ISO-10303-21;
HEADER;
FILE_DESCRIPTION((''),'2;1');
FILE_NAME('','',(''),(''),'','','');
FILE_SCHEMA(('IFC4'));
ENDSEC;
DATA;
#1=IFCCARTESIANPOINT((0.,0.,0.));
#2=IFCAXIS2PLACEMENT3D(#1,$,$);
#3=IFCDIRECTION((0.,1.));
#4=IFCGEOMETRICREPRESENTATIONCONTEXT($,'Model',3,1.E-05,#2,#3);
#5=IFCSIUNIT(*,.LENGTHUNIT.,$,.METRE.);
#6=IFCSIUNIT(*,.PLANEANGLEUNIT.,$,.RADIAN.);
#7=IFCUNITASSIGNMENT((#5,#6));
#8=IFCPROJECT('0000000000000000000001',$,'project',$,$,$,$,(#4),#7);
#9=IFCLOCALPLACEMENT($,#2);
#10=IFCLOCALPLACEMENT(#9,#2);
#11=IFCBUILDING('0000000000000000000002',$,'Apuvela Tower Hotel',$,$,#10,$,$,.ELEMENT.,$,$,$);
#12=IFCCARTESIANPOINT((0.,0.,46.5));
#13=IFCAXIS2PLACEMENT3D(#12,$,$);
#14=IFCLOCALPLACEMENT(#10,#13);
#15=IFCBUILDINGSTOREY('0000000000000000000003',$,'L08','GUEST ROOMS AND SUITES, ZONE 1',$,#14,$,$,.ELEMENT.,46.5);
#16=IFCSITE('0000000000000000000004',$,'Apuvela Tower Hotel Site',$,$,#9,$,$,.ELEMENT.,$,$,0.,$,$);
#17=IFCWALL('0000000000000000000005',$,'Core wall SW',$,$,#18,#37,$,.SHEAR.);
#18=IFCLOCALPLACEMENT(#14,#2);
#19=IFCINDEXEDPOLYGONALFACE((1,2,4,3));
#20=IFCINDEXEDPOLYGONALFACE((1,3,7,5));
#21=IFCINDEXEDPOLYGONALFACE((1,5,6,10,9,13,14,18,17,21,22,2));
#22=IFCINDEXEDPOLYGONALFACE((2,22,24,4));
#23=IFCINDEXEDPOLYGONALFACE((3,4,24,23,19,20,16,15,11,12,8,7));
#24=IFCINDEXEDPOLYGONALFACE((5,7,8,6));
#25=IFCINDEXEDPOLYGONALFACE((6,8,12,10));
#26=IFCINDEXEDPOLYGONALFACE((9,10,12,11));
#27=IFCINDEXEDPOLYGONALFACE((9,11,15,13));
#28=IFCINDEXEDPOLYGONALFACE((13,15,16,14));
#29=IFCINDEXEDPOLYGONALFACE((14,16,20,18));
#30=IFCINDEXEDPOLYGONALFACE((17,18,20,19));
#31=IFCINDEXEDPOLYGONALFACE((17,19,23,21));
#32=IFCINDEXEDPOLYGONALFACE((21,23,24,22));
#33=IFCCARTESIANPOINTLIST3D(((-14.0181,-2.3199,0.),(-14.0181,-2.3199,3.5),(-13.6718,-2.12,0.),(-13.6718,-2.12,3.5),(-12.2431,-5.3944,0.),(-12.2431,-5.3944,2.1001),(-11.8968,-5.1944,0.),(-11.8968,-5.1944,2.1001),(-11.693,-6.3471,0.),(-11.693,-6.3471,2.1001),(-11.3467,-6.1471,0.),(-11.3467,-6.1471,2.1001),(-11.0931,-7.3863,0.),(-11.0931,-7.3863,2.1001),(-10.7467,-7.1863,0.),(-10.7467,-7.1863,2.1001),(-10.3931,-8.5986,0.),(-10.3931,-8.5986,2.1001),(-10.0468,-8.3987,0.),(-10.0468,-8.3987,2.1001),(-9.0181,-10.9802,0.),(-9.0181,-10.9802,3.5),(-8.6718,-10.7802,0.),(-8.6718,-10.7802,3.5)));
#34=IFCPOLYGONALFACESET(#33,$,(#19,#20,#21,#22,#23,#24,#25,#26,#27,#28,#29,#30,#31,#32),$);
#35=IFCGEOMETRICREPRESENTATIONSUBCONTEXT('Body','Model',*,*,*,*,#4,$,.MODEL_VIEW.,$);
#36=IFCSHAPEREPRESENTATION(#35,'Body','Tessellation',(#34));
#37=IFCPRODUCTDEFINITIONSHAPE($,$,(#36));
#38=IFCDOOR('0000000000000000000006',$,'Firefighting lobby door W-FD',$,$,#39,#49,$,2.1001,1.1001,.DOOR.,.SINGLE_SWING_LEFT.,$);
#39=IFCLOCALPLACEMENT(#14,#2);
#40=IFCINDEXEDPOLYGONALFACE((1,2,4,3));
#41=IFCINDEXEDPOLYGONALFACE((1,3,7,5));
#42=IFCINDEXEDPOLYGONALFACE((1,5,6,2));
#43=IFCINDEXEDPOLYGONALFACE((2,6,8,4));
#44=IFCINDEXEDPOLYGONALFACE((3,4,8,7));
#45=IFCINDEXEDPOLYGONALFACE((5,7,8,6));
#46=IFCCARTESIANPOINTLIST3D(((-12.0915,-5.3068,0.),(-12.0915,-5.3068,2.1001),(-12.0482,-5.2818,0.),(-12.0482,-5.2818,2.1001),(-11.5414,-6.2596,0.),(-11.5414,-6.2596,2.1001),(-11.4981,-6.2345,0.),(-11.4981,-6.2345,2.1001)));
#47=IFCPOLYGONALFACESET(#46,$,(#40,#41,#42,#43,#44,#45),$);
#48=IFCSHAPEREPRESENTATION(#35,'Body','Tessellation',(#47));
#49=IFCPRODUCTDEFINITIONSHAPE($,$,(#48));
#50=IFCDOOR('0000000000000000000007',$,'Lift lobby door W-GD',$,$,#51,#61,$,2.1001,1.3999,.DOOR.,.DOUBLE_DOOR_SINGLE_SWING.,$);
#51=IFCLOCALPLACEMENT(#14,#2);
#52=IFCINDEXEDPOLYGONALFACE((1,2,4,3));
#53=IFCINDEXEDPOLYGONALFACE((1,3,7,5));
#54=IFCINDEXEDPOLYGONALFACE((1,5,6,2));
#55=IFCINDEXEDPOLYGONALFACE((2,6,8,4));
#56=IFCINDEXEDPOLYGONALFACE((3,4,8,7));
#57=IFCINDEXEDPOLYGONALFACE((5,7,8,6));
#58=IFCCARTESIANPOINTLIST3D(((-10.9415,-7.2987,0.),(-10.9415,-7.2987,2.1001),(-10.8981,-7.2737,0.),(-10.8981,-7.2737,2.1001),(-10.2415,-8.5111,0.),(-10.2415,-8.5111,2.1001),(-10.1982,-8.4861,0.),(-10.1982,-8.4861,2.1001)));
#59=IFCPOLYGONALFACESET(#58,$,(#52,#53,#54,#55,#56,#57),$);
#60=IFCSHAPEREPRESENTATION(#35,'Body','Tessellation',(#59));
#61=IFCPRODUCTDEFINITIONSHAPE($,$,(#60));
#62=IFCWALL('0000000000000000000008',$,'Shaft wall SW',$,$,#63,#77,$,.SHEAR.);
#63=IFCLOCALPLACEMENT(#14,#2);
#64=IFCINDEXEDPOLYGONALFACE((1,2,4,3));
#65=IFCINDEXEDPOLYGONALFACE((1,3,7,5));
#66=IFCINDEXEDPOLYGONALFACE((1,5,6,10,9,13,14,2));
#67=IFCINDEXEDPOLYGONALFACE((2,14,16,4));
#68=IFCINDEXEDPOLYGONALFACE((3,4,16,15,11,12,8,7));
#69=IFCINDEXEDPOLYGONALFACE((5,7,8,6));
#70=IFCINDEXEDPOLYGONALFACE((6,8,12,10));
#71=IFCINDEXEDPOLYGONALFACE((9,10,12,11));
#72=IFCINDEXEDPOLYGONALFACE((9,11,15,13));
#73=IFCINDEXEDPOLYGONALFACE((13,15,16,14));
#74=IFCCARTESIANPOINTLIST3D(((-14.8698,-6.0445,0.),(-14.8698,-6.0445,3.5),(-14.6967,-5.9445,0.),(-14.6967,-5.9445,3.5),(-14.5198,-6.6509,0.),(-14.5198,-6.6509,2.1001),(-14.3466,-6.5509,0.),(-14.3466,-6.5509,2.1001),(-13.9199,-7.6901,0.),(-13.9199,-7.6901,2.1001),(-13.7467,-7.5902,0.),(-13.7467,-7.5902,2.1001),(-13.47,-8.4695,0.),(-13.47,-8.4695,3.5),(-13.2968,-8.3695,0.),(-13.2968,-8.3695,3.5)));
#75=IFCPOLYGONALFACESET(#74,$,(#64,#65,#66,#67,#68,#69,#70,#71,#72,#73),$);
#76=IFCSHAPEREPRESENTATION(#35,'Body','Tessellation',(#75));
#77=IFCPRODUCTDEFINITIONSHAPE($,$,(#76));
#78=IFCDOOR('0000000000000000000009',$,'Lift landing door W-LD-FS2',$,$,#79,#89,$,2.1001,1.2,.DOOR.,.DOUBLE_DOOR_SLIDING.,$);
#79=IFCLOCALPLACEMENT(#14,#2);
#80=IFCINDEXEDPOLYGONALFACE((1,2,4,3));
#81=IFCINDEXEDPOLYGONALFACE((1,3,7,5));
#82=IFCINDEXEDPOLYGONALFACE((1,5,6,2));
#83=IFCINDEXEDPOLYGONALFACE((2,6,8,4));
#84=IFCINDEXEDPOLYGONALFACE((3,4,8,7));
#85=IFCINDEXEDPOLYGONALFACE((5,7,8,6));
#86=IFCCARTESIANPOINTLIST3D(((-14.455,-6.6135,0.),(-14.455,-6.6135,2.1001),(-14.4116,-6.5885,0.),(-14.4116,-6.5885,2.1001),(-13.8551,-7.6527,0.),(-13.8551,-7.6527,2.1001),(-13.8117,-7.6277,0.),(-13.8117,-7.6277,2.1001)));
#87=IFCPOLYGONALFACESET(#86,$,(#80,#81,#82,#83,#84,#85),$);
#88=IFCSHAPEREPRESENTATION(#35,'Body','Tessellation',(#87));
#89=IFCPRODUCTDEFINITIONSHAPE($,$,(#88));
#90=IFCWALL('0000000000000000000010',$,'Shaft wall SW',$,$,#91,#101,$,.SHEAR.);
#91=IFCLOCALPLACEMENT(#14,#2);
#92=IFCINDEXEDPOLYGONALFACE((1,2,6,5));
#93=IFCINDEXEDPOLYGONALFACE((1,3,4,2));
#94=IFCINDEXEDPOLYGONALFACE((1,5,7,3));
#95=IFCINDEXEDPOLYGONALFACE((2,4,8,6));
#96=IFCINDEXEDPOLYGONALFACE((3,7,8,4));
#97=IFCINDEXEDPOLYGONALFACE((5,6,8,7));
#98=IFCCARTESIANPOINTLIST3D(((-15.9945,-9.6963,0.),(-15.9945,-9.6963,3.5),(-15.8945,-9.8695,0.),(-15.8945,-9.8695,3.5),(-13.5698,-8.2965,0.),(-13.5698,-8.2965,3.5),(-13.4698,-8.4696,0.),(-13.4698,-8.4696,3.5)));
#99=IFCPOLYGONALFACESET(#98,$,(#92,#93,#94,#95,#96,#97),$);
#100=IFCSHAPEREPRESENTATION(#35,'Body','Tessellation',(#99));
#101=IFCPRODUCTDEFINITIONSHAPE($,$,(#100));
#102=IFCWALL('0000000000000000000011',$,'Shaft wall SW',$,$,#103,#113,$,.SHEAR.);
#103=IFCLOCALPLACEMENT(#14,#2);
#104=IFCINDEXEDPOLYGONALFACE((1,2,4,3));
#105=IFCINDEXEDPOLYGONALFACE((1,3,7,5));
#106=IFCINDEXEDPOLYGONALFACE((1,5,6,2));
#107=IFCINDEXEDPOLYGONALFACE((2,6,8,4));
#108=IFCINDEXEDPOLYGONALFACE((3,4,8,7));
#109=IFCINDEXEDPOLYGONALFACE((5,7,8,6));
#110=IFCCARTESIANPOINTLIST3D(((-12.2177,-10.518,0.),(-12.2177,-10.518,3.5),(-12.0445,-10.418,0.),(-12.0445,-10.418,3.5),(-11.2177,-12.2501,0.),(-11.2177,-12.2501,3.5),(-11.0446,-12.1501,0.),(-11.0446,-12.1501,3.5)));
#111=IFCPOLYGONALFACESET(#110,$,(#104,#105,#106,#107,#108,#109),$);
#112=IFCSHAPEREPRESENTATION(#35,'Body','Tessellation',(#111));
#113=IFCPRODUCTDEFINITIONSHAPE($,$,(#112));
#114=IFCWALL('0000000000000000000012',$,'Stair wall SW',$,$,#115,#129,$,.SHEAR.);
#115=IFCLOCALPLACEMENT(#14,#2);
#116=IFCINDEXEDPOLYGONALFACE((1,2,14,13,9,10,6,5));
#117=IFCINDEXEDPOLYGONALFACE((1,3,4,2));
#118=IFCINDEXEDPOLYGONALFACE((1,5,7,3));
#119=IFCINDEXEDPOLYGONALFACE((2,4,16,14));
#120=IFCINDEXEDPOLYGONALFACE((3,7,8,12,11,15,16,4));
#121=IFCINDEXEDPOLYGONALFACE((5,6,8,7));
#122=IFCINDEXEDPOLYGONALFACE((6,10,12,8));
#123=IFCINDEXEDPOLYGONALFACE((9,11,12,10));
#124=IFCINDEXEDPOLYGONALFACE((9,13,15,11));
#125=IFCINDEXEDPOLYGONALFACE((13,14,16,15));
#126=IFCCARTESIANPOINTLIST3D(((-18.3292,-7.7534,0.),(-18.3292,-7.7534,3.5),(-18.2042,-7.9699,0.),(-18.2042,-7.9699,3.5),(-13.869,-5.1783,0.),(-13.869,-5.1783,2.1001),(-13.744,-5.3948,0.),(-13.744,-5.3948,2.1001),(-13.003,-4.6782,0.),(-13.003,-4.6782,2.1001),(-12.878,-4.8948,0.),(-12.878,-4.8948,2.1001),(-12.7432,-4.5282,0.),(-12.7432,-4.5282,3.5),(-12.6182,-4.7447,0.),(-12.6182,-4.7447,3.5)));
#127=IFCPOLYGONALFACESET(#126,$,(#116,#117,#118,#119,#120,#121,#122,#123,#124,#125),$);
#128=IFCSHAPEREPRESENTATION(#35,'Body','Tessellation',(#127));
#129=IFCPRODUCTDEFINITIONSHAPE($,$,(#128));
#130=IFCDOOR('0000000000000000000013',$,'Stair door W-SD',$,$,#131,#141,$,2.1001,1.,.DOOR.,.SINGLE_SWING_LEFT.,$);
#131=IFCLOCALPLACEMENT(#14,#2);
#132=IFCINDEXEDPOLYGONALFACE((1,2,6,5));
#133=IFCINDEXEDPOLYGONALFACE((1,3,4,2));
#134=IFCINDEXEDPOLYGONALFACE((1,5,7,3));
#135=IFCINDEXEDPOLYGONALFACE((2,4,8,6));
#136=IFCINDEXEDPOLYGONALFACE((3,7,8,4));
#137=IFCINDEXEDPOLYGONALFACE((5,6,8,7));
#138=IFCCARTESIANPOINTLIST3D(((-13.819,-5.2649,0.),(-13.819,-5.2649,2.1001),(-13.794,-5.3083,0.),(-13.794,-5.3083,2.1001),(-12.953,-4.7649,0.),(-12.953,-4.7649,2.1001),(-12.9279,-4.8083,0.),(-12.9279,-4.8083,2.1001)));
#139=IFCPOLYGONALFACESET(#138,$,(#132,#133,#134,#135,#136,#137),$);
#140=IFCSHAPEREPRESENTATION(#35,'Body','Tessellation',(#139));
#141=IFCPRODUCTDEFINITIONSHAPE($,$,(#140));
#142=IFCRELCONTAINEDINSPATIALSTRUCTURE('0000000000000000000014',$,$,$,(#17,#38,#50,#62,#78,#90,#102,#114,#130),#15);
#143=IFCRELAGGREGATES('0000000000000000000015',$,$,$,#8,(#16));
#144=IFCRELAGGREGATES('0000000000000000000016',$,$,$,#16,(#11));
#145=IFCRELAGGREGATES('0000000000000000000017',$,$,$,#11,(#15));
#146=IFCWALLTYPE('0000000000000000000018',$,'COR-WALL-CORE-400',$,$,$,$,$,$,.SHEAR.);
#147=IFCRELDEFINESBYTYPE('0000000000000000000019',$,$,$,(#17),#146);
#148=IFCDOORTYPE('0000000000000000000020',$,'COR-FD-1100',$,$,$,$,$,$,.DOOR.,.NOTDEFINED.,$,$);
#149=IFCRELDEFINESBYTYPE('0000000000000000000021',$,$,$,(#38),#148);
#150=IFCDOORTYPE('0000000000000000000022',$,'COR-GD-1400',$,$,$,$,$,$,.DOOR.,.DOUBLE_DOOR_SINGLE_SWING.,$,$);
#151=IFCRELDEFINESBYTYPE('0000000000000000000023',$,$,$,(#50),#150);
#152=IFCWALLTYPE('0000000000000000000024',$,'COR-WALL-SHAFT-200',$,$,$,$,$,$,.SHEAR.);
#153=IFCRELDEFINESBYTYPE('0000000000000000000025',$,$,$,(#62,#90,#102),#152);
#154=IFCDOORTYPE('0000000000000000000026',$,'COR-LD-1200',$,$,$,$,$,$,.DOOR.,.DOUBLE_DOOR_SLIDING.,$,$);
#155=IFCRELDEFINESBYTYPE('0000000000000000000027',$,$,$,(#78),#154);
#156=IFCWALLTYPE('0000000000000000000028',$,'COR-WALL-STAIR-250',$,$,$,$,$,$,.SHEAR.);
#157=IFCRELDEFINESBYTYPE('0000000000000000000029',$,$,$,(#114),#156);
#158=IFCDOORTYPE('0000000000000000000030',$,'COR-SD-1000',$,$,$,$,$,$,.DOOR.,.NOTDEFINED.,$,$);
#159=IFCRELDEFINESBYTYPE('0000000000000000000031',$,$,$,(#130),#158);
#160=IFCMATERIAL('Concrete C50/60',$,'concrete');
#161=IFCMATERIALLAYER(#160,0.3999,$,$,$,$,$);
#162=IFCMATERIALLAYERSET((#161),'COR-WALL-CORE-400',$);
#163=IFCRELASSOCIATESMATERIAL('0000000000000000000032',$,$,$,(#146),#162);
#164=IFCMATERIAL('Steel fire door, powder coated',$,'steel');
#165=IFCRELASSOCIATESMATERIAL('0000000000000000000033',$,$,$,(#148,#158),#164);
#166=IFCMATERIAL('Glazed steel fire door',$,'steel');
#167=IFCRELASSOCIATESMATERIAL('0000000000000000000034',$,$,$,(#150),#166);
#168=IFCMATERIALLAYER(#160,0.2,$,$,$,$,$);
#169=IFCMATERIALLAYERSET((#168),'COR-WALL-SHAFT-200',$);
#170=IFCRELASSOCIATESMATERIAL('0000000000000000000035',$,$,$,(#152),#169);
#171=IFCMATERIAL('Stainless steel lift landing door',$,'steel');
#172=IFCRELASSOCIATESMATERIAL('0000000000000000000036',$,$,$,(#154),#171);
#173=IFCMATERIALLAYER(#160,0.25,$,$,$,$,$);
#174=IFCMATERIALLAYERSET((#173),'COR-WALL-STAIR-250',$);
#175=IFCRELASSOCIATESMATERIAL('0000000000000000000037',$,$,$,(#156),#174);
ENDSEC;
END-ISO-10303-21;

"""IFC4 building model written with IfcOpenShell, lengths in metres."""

from ifc_helpers import new_model, si_unit, direction, frame, frame_2d, origin, place, context, subcontext, project, spatial, rectangle, extrude, material, layer, layer_set, type_object, element, fill, save


model = new_model("IFC4")

# Units and contexts
model_context = context("Model", 3, precision=1e-05, world=origin(), true_north=direction((0.0, 1.0)))
body_context = subcontext(model_context, "Body", "Model", "MODEL_VIEW")
ifc_project = project(units=[si_unit("LENGTHUNIT", "METRE"), si_unit("PLANEANGLEUNIT", "RADIAN")], contexts=[model_context])

# Site, building, storey
site_placement = place(None, origin())
site = spatial("IfcSite", under=ifc_project, at=site_placement, Name="Apuvela Tower Hotel Site", CompositionType="ELEMENT", RefElevation=0.0)
building_placement = place(site_placement, origin())
building = spatial("IfcBuilding", under=site, at=building_placement, Name="Apuvela Tower Hotel", CompositionType="ELEMENT")
storey_placement = place(building_placement, frame((0.0, 0.0, 46.5)))
storey = spatial("IfcBuildingStorey", under=building, at=storey_placement, Name="L08", Description="GUEST ROOMS AND SUITES, ZONE 1", CompositionType="ELEMENT", Elevation=46.5)

# Wall, openings, doors
ifc_material_1 = material(Name="Concrete C50/60", Category="concrete")
ifc_layer_1 = layer(ifc_material_1, 0.3999)
ifc_layer_set_1 = layer_set([ifc_layer_1], Name="COR-WALL-CORE-400")
wall_type_1 = type_object("IfcWallType", Name="COR-WALL-CORE-400", PredefinedType="SHEAR", material=ifc_layer_set_1)
wall_1_placement = place(storey_placement, frame((-13.845, -2.22, 0.0), z_axis=(0.0, 0.0, 1.0), x_axis=(0.500004, -0.866023, 0.0)))
wall_1 = element("IfcWall", 1, at=wall_1_placement, inside=storey, type_object=wall_type_1, Name="Core wall SW", PredefinedType="SHEAR", context=body_context, shape_type="SweptSolid", body=[
    extrude(rectangle(XDim=10.0, YDim=0.3999, at=frame_2d((5.0, 0.0))), origin(), (0.0, 0.0, 1.0), 3.5),
])
opening_1_placement = place(wall_1_placement, frame((3.55, 0.0, 0.0)))
opening_1 = element("IfcOpeningElement", 2, at=opening_1_placement, cuts=wall_1, PredefinedType="OPENING", context=body_context, shape_type="SweptSolid", body=[
    extrude(rectangle(XDim=1.1001, YDim=2.1001, at=frame_2d((0.55, 1.05))), frame((0.0, 0.21, 0.0), z_axis=(0.0, -1.0, 0.0), x_axis=(1.0, 0.0, 0.0)), (0.0, 0.0, 1.0), 0.4199),
])
opening_2_placement = place(wall_1_placement, frame((5.8501, 0.0, 0.0)))
opening_2 = element("IfcOpeningElement", 3, at=opening_2_placement, cuts=wall_1, PredefinedType="OPENING", context=body_context, shape_type="SweptSolid", body=[
    extrude(rectangle(XDim=1.3999, YDim=2.1001, at=frame_2d((0.7, 1.05))), frame((0.0, 0.21, 0.0), z_axis=(0.0, -1.0, 0.0), x_axis=(1.0, 0.0, 0.0)), (0.0, 0.0, 1.0), 0.4199),
])
ifc_material_2 = material(Name="Steel fire door, powder coated", Category="steel")
door_type_1 = type_object("IfcDoorType", Name="COR-FD-1100", OperationType="NOTDEFINED", PredefinedType="DOOR", material=ifc_material_2)
door_1_placement = place(opening_1_placement, frame((1.1001, 0.0, 0.0), z_axis=(0.0, 0.0, 1.0), x_axis=(-1.0, 0.0, 0.0)))
door_1 = element("IfcDoor", 4, at=door_1_placement, inside=storey, type_object=door_type_1, Name="Firefighting lobby door W-FD", OperationType="SINGLE_SWING_LEFT", OverallHeight=2.1001, OverallWidth=1.1001, PredefinedType="DOOR", context=body_context, shape_type="SweptSolid", body=[
    extrude(rectangle(XDim=1.1001, YDim=2.1001, at=frame_2d((0.55, 1.05))), frame((0.0, 0.0249, 0.0), z_axis=(0.0, -1.0, 0.0), x_axis=(1.0, 0.0, 0.0)), (0.0, 0.0, 1.0), 0.05),
])
fill(opening_1, door_1)
ifc_material_3 = material(Name="Glazed steel fire door", Category="steel")
door_type_2 = type_object("IfcDoorType", Name="COR-GD-1400", OperationType="DOUBLE_DOOR_SINGLE_SWING", PredefinedType="DOOR", material=ifc_material_3)
door_2_placement = place(opening_2_placement, frame((1.3999, 0.0, 0.0), z_axis=(0.0, 0.0, 1.0), x_axis=(-1.0, 0.0, 0.0)))
door_2 = element("IfcDoor", 5, at=door_2_placement, inside=storey, type_object=door_type_2, Name="Lift lobby door W-GD", OperationType="DOUBLE_DOOR_SINGLE_SWING", OverallHeight=2.1001, OverallWidth=1.3999, PredefinedType="DOOR", context=body_context, shape_type="SweptSolid", body=[
    extrude(rectangle(XDim=1.3999, YDim=2.1001, at=frame_2d((0.7, 1.05))), frame((0.0, 0.0249, 0.0), z_axis=(0.0, -1.0, 0.0), x_axis=(1.0, 0.0, 0.0)), (0.0, 0.0, 1.0), 0.05),
])
fill(opening_2, door_2)

# Wall, opening, door
ifc_layer_2 = layer(ifc_material_1, 0.2)
ifc_layer_set_2 = layer_set([ifc_layer_2], Name="COR-WALL-SHAFT-200")
wall_type_2 = type_object("IfcWallType", Name="COR-WALL-SHAFT-200", PredefinedType="SHEAR", material=ifc_layer_set_2)
wall_2_placement = place(storey_placement, frame((-14.7832, -5.9946, 0.0), z_axis=(0.0, 0.0, 1.0), x_axis=(0.499946, -0.866056, 0.0)))
wall_2 = element("IfcWall", 6, at=wall_2_placement, inside=storey, type_object=wall_type_2, Name="Shaft wall SW", PredefinedType="SHEAR", context=body_context, shape_type="SweptSolid", body=[
    extrude(rectangle(XDim=2.8, YDim=0.2, at=frame_2d((1.3999, 0.0))), origin(), (0.0, 0.0, 1.0), 3.5),
])
opening_3_placement = place(wall_2_placement, frame((0.7, 0.0, 0.0)))
opening_3 = element("IfcOpeningElement", 7, at=opening_3_placement, cuts=wall_2, PredefinedType="OPENING", context=body_context, shape_type="SweptSolid", body=[
    extrude(rectangle(XDim=1.2, YDim=2.1001, at=frame_2d((0.6001, 1.05))), frame((0.0, 0.1099, 0.0), z_axis=(0.0, -1.0, 0.0), x_axis=(1.0, 0.0, 0.0)), (0.0, 0.0, 1.0), 0.22),
])
ifc_material_4 = material(Name="Stainless steel lift landing door", Category="steel")
door_type_3 = type_object("IfcDoorType", Name="COR-LD-1200", OperationType="DOUBLE_DOOR_SLIDING", PredefinedType="DOOR", material=ifc_material_4)
door_3_placement = place(opening_3_placement, origin())
door_3 = element("IfcDoor", 8, at=door_3_placement, inside=storey, type_object=door_type_3, Name="Lift landing door W-LD-FS2", OperationType="DOUBLE_DOOR_SLIDING", OverallHeight=2.1001, OverallWidth=1.2, PredefinedType="DOOR", context=body_context, shape_type="SweptSolid", body=[
    extrude(rectangle(XDim=1.2, YDim=2.1001, at=frame_2d((0.6001, 1.05))), frame((0.0, 0.0249, 0.0), z_axis=(0.0, -1.0, 0.0), x_axis=(1.0, 0.0, 0.0)), (0.0, 0.0, 1.0), 0.05),
])
fill(opening_3, door_3)

# Walls
wall_3_placement = place(storey_placement, frame((-13.5198, -8.3831, 0.0), z_axis=(0.0, 0.0, 1.0), x_axis=(-0.866035, -0.499984, 0.0)))
element("IfcWall", 9, at=wall_3_placement, inside=storey, type_object=wall_type_2, Name="Shaft wall SW", PredefinedType="SHEAR", context=body_context, shape_type="SweptSolid", body=[
    extrude(rectangle(XDim=2.7998, YDim=0.2, at=frame_2d((1.3999, 0.0))), origin(), (0.0, 0.0, 1.0), 3.5),
])
wall_4_placement = place(storey_placement, frame((-12.1311, -10.468, 0.0), z_axis=(0.0, 0.0, 1.0), x_axis=(0.499973, -0.866041, 0.0)))
element("IfcWall", 10, at=wall_4_placement, inside=storey, type_object=wall_type_2, Name="Shaft wall SW", PredefinedType="SHEAR", context=body_context, shape_type="SweptSolid", body=[
    extrude(rectangle(XDim=2.0, YDim=0.2, at=frame_2d((1.0, 0.0))), origin(), (0.0, 0.0, 1.0), 3.5),
])

# Wall, opening, door
ifc_layer_3 = layer(ifc_material_1, 0.25)
ifc_layer_set_3 = layer_set([ifc_layer_3], Name="COR-WALL-STAIR-250")
wall_type_3 = type_object("IfcWallType", Name="COR-WALL-STAIR-250", PredefinedType="SHEAR", material=ifc_layer_set_3)
wall_5_placement = place(storey_placement, frame((-12.6807, -4.6365, 0.0), z_axis=(0.0, 0.0, 1.0), x_axis=(-0.866022, -0.500006, 0.0)))
wall_5 = element("IfcWall", 11, at=wall_5_placement, inside=storey, type_object=wall_type_3, Name="Stair wall SW", PredefinedType="SHEAR", context=body_context, shape_type="SweptSolid", body=[
    extrude(rectangle(XDim=6.4502, YDim=0.25, at=frame_2d((3.2251, 0.0))), origin(), (0.0, 0.0, 1.0), 3.5),
])
opening_4_placement = place(wall_5_placement, frame((0.3, 0.0, 0.0)))
opening_4 = element("IfcOpeningElement", 12, at=opening_4_placement, cuts=wall_5, PredefinedType="OPENING", context=body_context, shape_type="SweptSolid", body=[
    extrude(rectangle(XDim=1.0, YDim=2.1001, at=frame_2d((0.5, 1.05))), frame((0.0, 0.135, 0.0), z_axis=(0.0, -1.0, 0.0), x_axis=(1.0, 0.0, 0.0)), (0.0, 0.0, 1.0), 0.27),
])
door_type_4 = type_object("IfcDoorType", Name="COR-SD-1000", OperationType="NOTDEFINED", PredefinedType="DOOR", material=ifc_material_2)
door_4_placement = place(opening_4_placement, frame((1.0, 0.0, 0.0), z_axis=(0.0, 0.0, 1.0), x_axis=(-1.0, 0.0, 0.0)))
door_4 = element("IfcDoor", 13, at=door_4_placement, inside=storey, type_object=door_type_4, Name="Stair door W-SD", OperationType="SINGLE_SWING_LEFT", OverallHeight=2.1001, OverallWidth=1.0, PredefinedType="DOOR", context=body_context, shape_type="SweptSolid", body=[
    extrude(rectangle(XDim=1.0, YDim=2.1001, at=frame_2d((0.5, 1.05))), frame((0.0, 0.0249, 0.0), z_axis=(0.0, -1.0, 0.0), x_axis=(1.0, 0.0, 0.0)), (0.0, 0.0, 1.0), 0.05),
])
fill(opening_4, door_4)

save(model, "model.ifc")
